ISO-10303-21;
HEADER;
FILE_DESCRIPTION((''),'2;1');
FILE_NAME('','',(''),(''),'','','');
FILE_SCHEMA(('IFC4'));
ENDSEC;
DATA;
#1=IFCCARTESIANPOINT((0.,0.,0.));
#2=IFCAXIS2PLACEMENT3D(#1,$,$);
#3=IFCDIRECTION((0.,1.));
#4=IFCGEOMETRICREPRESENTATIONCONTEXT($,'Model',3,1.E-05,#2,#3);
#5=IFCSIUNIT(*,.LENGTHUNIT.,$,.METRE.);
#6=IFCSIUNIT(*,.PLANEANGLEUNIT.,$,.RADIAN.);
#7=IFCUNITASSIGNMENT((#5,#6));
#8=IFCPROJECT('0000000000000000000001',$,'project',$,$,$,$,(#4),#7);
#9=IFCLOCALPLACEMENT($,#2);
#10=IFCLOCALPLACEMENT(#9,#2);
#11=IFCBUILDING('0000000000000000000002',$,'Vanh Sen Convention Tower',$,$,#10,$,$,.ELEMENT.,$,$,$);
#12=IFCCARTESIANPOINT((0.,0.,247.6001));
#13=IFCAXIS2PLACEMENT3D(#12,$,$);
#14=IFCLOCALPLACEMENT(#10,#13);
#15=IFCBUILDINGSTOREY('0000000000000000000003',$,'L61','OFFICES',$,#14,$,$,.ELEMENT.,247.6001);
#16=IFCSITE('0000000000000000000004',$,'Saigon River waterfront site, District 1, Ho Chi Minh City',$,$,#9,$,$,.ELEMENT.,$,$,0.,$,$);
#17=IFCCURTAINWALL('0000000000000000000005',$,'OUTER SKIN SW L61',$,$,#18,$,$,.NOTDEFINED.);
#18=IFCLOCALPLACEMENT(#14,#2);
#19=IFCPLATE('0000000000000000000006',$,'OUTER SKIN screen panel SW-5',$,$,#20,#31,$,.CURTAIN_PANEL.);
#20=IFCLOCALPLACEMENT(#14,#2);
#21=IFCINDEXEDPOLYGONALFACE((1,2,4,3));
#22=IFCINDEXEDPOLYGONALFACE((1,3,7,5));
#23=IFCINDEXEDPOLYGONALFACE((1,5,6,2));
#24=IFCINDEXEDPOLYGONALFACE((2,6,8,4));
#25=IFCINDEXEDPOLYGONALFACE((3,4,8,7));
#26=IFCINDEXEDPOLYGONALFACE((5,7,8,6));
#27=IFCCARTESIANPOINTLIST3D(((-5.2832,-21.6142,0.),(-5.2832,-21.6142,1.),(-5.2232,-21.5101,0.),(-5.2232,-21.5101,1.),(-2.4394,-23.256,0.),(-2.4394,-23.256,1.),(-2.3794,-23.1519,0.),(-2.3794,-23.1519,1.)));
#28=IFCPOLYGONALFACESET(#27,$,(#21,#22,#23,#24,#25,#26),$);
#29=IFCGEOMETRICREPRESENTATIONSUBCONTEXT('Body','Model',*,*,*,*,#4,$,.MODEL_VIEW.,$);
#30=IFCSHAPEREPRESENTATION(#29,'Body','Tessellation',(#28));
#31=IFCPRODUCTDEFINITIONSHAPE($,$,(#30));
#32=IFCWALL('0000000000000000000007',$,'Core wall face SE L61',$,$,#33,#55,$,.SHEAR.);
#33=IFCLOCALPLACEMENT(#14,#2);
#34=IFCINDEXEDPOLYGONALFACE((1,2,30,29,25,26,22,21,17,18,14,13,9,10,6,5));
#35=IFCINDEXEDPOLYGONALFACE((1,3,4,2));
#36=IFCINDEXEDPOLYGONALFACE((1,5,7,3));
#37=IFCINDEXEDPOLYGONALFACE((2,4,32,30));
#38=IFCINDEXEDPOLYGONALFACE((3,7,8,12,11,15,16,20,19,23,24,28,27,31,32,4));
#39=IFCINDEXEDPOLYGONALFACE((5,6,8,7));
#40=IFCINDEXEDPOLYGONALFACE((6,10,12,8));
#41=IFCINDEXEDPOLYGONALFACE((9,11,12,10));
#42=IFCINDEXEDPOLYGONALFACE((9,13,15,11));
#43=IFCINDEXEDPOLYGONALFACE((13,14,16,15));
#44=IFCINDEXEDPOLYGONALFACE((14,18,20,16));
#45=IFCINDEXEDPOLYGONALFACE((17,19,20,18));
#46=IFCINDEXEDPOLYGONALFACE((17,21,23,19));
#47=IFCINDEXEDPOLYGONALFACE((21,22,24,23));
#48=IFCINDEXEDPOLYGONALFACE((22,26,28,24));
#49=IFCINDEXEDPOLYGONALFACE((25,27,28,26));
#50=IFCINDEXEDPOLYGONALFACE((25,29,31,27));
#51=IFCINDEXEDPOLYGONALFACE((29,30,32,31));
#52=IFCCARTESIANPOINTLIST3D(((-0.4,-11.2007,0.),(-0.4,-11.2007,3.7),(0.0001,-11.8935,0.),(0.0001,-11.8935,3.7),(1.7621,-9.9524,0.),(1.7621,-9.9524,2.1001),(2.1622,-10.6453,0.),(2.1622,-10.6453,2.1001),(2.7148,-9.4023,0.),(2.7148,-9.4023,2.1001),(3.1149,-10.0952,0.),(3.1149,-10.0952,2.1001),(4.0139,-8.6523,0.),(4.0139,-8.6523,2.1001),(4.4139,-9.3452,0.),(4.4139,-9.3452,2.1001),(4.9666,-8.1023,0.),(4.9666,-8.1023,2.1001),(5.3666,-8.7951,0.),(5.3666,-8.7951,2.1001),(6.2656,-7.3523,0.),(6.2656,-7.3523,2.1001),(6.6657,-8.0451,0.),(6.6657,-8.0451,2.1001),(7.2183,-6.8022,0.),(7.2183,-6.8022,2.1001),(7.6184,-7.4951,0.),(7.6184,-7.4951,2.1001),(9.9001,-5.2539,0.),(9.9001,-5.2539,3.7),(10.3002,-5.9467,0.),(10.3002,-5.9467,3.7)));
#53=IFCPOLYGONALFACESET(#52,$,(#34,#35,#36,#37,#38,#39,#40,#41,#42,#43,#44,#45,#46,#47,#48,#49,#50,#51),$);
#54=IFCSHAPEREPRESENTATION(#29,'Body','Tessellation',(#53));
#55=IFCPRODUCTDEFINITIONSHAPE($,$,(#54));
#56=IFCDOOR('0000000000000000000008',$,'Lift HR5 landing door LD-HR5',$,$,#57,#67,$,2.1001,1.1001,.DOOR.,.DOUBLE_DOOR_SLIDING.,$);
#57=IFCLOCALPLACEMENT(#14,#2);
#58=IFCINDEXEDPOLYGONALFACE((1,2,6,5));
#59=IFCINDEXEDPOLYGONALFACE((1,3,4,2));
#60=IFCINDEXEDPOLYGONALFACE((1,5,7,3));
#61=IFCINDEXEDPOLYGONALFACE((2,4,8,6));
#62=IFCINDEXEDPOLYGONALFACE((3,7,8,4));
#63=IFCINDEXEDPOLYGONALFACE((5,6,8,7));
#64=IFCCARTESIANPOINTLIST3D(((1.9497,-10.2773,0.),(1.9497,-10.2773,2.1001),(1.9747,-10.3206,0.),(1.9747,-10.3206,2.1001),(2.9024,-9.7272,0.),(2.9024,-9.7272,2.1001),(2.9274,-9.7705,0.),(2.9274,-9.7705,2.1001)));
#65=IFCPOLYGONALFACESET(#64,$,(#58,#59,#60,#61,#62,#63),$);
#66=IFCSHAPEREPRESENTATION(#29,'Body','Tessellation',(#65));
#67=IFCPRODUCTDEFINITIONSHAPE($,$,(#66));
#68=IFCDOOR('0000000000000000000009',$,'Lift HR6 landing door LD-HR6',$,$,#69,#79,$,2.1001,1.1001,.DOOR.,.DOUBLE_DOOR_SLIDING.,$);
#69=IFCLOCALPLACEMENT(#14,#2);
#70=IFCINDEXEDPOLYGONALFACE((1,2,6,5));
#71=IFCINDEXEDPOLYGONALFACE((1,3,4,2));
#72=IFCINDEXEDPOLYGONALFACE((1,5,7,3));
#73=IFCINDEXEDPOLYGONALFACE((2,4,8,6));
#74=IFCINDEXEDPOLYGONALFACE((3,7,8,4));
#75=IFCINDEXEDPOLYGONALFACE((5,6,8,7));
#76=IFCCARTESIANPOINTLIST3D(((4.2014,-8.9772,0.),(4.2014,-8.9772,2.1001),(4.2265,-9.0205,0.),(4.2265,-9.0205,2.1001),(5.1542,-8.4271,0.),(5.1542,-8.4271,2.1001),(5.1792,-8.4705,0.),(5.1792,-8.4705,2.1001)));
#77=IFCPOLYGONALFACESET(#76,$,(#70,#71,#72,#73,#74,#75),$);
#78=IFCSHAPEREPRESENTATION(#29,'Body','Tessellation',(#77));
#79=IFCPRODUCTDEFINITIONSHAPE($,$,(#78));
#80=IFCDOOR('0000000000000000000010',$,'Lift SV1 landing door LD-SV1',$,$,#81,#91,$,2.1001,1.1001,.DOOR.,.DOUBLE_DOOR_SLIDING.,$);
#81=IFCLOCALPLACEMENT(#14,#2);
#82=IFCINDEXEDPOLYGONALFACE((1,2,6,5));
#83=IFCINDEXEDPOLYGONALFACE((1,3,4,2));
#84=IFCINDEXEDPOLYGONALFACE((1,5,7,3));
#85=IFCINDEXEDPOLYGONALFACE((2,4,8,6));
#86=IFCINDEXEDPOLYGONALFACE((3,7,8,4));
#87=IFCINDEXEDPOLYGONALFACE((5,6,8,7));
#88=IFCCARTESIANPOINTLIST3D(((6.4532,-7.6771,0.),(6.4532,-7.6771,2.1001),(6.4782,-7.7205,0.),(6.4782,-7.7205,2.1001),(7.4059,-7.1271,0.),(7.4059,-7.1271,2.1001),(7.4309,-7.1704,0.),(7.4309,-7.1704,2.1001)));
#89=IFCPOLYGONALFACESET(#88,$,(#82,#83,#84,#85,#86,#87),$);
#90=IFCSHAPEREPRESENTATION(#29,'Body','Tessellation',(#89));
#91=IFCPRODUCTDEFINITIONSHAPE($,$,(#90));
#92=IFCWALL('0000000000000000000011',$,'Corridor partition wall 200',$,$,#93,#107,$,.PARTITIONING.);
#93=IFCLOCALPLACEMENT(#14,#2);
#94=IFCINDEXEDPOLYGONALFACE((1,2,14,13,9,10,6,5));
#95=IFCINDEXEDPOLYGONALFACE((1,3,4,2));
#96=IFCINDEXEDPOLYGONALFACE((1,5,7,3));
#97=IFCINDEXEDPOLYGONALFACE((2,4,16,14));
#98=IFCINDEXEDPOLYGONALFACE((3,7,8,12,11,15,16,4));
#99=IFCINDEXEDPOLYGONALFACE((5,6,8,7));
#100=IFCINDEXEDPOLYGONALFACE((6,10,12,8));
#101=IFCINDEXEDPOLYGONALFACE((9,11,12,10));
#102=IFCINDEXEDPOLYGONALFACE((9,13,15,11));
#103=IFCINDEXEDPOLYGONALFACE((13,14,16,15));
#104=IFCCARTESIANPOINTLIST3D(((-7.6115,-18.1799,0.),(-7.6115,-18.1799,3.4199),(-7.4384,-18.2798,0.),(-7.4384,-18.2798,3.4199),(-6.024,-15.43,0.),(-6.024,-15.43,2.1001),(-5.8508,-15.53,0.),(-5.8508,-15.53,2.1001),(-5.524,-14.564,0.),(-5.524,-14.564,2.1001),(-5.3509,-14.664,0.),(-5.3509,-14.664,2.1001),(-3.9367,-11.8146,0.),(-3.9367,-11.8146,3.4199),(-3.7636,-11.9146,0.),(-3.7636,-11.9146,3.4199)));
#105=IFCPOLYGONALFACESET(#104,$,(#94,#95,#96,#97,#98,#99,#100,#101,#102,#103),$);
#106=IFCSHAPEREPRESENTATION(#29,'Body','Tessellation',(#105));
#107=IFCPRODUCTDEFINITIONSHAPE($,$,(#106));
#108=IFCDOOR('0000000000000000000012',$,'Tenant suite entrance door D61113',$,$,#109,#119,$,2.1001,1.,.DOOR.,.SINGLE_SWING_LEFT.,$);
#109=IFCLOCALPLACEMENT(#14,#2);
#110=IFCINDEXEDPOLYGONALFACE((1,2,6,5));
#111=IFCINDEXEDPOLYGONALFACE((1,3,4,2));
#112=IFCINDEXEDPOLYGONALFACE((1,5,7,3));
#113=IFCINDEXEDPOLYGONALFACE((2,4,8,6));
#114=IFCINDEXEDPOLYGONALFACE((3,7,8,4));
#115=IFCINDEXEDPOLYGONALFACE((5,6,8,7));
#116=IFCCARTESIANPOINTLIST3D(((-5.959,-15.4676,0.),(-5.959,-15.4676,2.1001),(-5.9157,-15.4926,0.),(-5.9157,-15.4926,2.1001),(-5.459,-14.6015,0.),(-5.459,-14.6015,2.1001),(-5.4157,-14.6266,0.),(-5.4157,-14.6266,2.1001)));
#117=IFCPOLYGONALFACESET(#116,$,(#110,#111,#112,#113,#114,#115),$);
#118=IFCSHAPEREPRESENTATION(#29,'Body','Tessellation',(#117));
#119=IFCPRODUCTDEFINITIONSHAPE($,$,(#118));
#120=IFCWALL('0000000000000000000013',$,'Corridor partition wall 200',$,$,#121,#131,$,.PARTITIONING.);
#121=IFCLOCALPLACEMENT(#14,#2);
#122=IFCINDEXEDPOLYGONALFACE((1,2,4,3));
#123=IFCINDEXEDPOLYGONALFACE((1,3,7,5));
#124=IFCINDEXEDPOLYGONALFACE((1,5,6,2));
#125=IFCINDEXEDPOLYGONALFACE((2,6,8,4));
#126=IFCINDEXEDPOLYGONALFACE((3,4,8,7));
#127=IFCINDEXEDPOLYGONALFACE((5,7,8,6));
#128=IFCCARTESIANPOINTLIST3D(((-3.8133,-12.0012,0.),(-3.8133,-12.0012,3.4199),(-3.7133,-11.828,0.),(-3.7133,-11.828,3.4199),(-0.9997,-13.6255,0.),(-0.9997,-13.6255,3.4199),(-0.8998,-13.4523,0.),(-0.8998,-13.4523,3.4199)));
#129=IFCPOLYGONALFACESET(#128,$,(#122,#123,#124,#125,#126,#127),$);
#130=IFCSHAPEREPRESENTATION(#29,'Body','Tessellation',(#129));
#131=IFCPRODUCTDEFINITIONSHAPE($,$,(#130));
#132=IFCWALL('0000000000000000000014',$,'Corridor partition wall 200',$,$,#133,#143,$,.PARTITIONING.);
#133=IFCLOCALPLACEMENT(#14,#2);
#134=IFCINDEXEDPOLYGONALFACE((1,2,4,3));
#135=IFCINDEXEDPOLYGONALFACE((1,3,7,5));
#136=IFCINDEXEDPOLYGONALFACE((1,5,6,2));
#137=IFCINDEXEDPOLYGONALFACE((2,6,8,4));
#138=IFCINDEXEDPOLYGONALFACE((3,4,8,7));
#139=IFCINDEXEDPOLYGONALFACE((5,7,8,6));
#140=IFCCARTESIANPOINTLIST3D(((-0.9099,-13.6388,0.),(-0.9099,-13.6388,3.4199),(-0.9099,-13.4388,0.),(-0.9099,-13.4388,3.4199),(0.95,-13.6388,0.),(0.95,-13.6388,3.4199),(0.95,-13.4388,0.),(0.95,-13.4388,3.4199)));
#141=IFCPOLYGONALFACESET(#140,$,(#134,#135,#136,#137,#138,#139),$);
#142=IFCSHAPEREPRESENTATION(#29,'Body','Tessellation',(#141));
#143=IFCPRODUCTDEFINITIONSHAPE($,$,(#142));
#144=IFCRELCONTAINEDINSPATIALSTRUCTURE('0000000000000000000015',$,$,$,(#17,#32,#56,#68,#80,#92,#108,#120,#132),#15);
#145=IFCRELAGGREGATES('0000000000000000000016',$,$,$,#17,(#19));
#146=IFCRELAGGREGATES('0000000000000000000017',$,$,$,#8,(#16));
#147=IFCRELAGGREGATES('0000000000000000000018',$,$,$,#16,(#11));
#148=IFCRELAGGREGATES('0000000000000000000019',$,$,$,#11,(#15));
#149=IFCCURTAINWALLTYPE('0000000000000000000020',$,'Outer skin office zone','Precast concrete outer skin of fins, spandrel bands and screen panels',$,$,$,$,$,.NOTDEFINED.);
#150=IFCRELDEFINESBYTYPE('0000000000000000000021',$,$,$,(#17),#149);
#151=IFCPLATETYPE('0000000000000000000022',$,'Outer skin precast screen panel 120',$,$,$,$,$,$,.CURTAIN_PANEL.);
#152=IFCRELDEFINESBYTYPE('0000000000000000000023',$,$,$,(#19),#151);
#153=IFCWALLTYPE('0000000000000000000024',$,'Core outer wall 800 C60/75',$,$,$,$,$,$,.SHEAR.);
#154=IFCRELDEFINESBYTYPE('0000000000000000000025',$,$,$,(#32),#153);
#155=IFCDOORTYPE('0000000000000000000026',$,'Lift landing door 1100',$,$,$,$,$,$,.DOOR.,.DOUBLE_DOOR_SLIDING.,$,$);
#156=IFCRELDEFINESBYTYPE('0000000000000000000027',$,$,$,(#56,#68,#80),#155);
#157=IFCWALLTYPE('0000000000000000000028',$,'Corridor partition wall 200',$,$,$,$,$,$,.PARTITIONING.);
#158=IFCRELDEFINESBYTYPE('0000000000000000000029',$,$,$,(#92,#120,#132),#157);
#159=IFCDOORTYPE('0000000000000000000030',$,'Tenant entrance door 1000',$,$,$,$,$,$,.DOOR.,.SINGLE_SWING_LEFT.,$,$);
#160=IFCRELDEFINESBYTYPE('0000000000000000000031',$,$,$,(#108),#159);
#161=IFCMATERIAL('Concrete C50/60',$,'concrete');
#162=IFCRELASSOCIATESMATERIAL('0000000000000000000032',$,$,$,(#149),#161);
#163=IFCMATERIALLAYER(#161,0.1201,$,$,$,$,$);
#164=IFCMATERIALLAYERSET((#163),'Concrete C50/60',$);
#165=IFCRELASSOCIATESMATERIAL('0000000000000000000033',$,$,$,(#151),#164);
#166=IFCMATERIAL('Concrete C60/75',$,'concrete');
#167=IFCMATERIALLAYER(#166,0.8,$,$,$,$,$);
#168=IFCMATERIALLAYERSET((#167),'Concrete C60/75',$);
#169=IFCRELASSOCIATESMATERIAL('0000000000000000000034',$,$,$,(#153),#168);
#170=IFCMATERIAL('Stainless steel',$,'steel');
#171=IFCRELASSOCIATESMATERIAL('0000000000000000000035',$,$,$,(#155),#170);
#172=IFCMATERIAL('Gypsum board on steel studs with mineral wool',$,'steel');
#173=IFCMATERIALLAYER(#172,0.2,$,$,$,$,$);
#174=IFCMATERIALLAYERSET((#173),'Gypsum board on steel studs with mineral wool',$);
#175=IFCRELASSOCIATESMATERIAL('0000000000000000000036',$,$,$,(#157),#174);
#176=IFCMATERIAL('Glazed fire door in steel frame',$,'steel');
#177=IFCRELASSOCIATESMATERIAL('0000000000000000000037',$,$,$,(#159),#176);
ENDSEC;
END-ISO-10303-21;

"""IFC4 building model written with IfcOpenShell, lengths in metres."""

from ifc_helpers import new_model, si_unit, direction, frame, frame_2d, origin, origin_2d, place, context, subcontext, project, spatial, rectangle, extrude, material, layer, layer_set, type_object, element, fill, aggregate, save


model = new_model("IFC4")

# Units and contexts
model_context = context("Model", 3, precision=1e-05, world=origin(), true_north=direction((0.0, 1.0)))
body_context = subcontext(model_context, "Body", "Model", "MODEL_VIEW")
ifc_project = project(units=[si_unit("LENGTHUNIT", "METRE"), si_unit("PLANEANGLEUNIT", "RADIAN")], contexts=[model_context])

# Site, building, storey
site_placement = place(None, origin())
site = spatial("IfcSite", under=ifc_project, at=site_placement, Name="Saigon River waterfront site, District 1, Ho Chi Minh City", CompositionType="ELEMENT", RefElevation=0.0)
building_placement = place(site_placement, origin())
building = spatial("IfcBuilding", under=site, at=building_placement, Name="Vanh Sen Convention Tower", CompositionType="ELEMENT")
storey_placement = place(building_placement, frame((0.0, 0.0, 247.6001)))
storey = spatial("IfcBuildingStorey", under=building, at=storey_placement, Name="L61", Description="OFFICES", CompositionType="ELEMENT", Elevation=247.6001)

# Shared definitions
ifc_material_1 = material(Name="Concrete C60/75", Category="concrete")

# Curtain wall
ifc_material_2 = material(Name="Concrete C50/60", Category="concrete")
curtain_wall_type = type_object("IfcCurtainWallType", Name="Outer skin office zone", Description="Precast concrete outer skin of fins, spandrel bands and screen panels", PredefinedType="NOTDEFINED", material=ifc_material_2)
curtain_wall_1_placement = place(storey_placement, origin())
curtain_wall_1 = element("IfcCurtainWall", 1, at=curtain_wall_1_placement, inside=storey, type_object=curtain_wall_type, Name="OUTER SKIN SW L61", PredefinedType="NOTDEFINED")

# Plate
ifc_layer_1 = layer(ifc_material_2, 0.1201)
ifc_layer_set_1 = layer_set([ifc_layer_1], Name="Concrete C50/60")
plate_type = type_object("IfcPlateType", Name="Outer skin precast screen panel 120", PredefinedType="CURTAIN_PANEL", material=ifc_layer_set_1)
plate_1_placement = place(storey_placement, frame((-3.8313, -22.3831, 0.0), z_axis=(0.0, 0.0, 1.0), x_axis=(0.866033, -0.499986, 0.0)))
plate_1 = element("IfcPlate", 2, at=plate_1_placement, type_object=plate_type, Name="OUTER SKIN screen panel SW-5", PredefinedType="CURTAIN_PANEL", context=body_context, shape_type="SweptSolid", body=[
    extrude(rectangle(XDim=3.2837, YDim=0.1201, at=origin_2d()), origin(), (0.0, 0.0, 1.0), 1.0),
])
aggregate(curtain_wall_1, [plate_1])

# Wall, openings, doors
ifc_layer_2 = layer(ifc_material_1, 0.8)
ifc_layer_set_2 = layer_set([ifc_layer_2], Name="Concrete C60/75")
wall_type_1 = type_object("IfcWallType", Name="Core outer wall 800 C60/75", PredefinedType="SHEAR", material=ifc_layer_set_2)
wall_1_placement = place(storey_placement, frame((-0.2, -11.5471, 0.0), z_axis=(0.0, 0.0, 1.0), x_axis=(0.866024, 0.500003, 0.0)))
wall_1 = element("IfcWall", 3, at=wall_1_placement, inside=storey, type_object=wall_type_1, Name="Core wall face SE L61", PredefinedType="SHEAR", context=body_context, shape_type="SweptSolid", body=[
    extrude(rectangle(XDim=11.8936, YDim=0.8, at=frame_2d((5.9468, 0.0))), origin(), (0.0, 0.0, 1.0), 3.7),
])
opening_1_placement = place(wall_1_placement, frame((2.4966, 0.0, 0.0)))
opening_1 = element("IfcOpeningElement", 4, at=opening_1_placement, cuts=wall_1, PredefinedType="OPENING", context=body_context, shape_type="SweptSolid", body=[
    extrude(rectangle(XDim=1.1001, YDim=2.1001, at=frame_2d((0.55, 1.05))), frame((0.0, 0.4099, 0.0), z_axis=(0.0, -1.0, 0.0), x_axis=(1.0, 0.0, 0.0)), (0.0, 0.0, 1.0), 0.8201),
])
opening_2_placement = place(wall_1_placement, frame((5.0967, 0.0, 0.0)))
opening_2 = element("IfcOpeningElement", 5, at=opening_2_placement, cuts=wall_1, PredefinedType="OPENING", context=body_context, shape_type="SweptSolid", body=[
    extrude(rectangle(XDim=1.1001, YDim=2.1001, at=frame_2d((0.55, 1.05))), frame((0.0, 0.4099, 0.0), z_axis=(0.0, -1.0, 0.0), x_axis=(1.0, 0.0, 0.0)), (0.0, 0.0, 1.0), 0.8201),
])
opening_3_placement = place(wall_1_placement, frame((7.6968, 0.0, 0.0)))
opening_3 = element("IfcOpeningElement", 6, at=opening_3_placement, cuts=wall_1, PredefinedType="OPENING", context=body_context, shape_type="SweptSolid", body=[
    extrude(rectangle(XDim=1.1001, YDim=2.1001, at=frame_2d((0.55, 1.05))), frame((0.0, 0.4099, 0.0), z_axis=(0.0, -1.0, 0.0), x_axis=(1.0, 0.0, 0.0)), (0.0, 0.0, 1.0), 0.8201),
])
ifc_material_3 = material(Name="Stainless steel", Category="steel")
door_type_1 = type_object("IfcDoorType", Name="Lift landing door 1100", OperationType="DOUBLE_DOOR_SLIDING", PredefinedType="DOOR", material=ifc_material_3)
door_1_placement = place(opening_1_placement, origin())
door_1 = element("IfcDoor", 7, at=door_1_placement, inside=storey, type_object=door_type_1, Name="Lift HR5 landing door LD-HR5", OperationType="DOUBLE_DOOR_SLIDING", OverallHeight=2.1001, OverallWidth=1.1001, PredefinedType="DOOR", context=body_context, shape_type="SweptSolid", body=[
    extrude(rectangle(XDim=1.1001, YDim=2.1001, at=frame_2d((0.55, 1.05))), frame((0.0, 0.0249, 0.0), z_axis=(0.0, -1.0, 0.0), x_axis=(1.0, 0.0, 0.0)), (0.0, 0.0, 1.0), 0.05),
])
fill(opening_1, door_1)
door_2_placement = place(opening_2_placement, origin())
door_2 = element("IfcDoor", 8, at=door_2_placement, inside=storey, type_object=door_type_1, Name="Lift HR6 landing door LD-HR6", OperationType="DOUBLE_DOOR_SLIDING", OverallHeight=2.1001, OverallWidth=1.1001, PredefinedType="DOOR", context=body_context, shape_type="SweptSolid", body=[
    extrude(rectangle(XDim=1.1001, YDim=2.1001, at=frame_2d((0.55, 1.05))), frame((0.0, 0.0249, 0.0), z_axis=(0.0, -1.0, 0.0), x_axis=(1.0, 0.0, 0.0)), (0.0, 0.0, 1.0), 0.05),
])
fill(opening_2, door_2)
door_3_placement = place(opening_3_placement, origin())
door_3 = element("IfcDoor", 9, at=door_3_placement, inside=storey, type_object=door_type_1, Name="Lift SV1 landing door LD-SV1", OperationType="DOUBLE_DOOR_SLIDING", OverallHeight=2.1001, OverallWidth=1.1001, PredefinedType="DOOR", context=body_context, shape_type="SweptSolid", body=[
    extrude(rectangle(XDim=1.1001, YDim=2.1001, at=frame_2d((0.55, 1.05))), frame((0.0, 0.0249, 0.0), z_axis=(0.0, -1.0, 0.0), x_axis=(1.0, 0.0, 0.0)), (0.0, 0.0, 1.0), 0.05),
])
fill(opening_3, door_3)

# Wall, opening, door
ifc_material_4 = material(Name="Gypsum board on steel studs with mineral wool", Category="steel")
ifc_layer_3 = layer(ifc_material_4, 0.2)
ifc_layer_set_3 = layer_set([ifc_layer_3], Name="Gypsum board on steel studs with mineral wool")
wall_type_2 = type_object("IfcWallType", Name="Corridor partition wall 200", PredefinedType="PARTITIONING", material=ifc_layer_set_3)
wall_2_placement = place(storey_placement, frame((-7.5249, -18.2297, 0.0), z_axis=(0.0, 0.0, 1.0), x_axis=(0.499983, 0.866035, 0.0)))
wall_2 = element("IfcWall", 10, at=wall_2_placement, inside=storey, type_object=wall_type_2, Name="Corridor partition wall 200", PredefinedType="PARTITIONING", context=body_context, shape_type="SweptSolid", body=[
    extrude(rectangle(XDim=7.3499, YDim=0.2, at=frame_2d((3.6748, 0.0))), origin(), (0.0, 0.0, 1.0), 3.4199),
])
opening_4_placement = place(wall_2_placement, frame((3.175, 0.0, 0.0)))
opening_4 = element("IfcOpeningElement", 11, at=opening_4_placement, cuts=wall_2, PredefinedType="OPENING", context=body_context, shape_type="SweptSolid", body=[
    extrude(rectangle(XDim=1.0, YDim=2.1001, at=frame_2d((0.5, 1.05))), frame((0.0, 0.1099, 0.0), z_axis=(0.0, -1.0, 0.0), x_axis=(1.0, 0.0, 0.0)), (0.0, 0.0, 1.0), 0.22),
])
ifc_material_5 = material(Name="Glazed fire door in steel frame", Category="steel")
door_type_2 = type_object("IfcDoorType", Name="Tenant entrance door 1000", OperationType="SINGLE_SWING_LEFT", PredefinedType="DOOR", material=ifc_material_5)
door_4_placement = place(opening_4_placement, origin())
door_4 = element("IfcDoor", 12, at=door_4_placement, inside=storey, type_object=door_type_2, Name="Tenant suite entrance door D61113", OperationType="SINGLE_SWING_LEFT", OverallHeight=2.1001, OverallWidth=1.0, PredefinedType="DOOR", context=body_context, shape_type="SweptSolid", body=[
    extrude(rectangle(XDim=1.0, YDim=2.1001, at=frame_2d((0.5, 1.05))), frame((0.0, 0.0249, 0.0), z_axis=(0.0, -1.0, 0.0), x_axis=(1.0, 0.0, 0.0)), (0.0, 0.0, 1.0), 0.05),
])
fill(opening_4, door_4)

# Walls
wall_3_placement = place(storey_placement, frame((-3.7634, -11.9146, 0.0), z_axis=(0.0, 0.0, 1.0), x_axis=(0.866038, -0.499978, 0.0)))
element("IfcWall", 13, at=wall_3_placement, inside=storey, type_object=wall_type_2, Name="Corridor partition wall 200", PredefinedType="PARTITIONING", context=body_context, shape_type="SweptSolid", body=[
    extrude(rectangle(XDim=3.2488, YDim=0.2, at=frame_2d((1.6245, 0.0))), origin(), (0.0, 0.0, 1.0), 3.4199),
])
wall_4_placement = place(storey_placement, frame((-0.9099, -13.5388, 0.0), z_axis=(0.0, 0.0, 1.0), x_axis=(1.0, 0.0, 0.0)))
element("IfcWall", 14, at=wall_4_placement, inside=storey, type_object=wall_type_2, Name="Corridor partition wall 200", PredefinedType="PARTITIONING", context=body_context, shape_type="SweptSolid", body=[
    extrude(rectangle(XDim=1.8599, YDim=0.2, at=frame_2d((0.9299, 0.0))), origin(), (0.0, 0.0, 1.0), 3.4199),
])

save(model, "model.ifc")
